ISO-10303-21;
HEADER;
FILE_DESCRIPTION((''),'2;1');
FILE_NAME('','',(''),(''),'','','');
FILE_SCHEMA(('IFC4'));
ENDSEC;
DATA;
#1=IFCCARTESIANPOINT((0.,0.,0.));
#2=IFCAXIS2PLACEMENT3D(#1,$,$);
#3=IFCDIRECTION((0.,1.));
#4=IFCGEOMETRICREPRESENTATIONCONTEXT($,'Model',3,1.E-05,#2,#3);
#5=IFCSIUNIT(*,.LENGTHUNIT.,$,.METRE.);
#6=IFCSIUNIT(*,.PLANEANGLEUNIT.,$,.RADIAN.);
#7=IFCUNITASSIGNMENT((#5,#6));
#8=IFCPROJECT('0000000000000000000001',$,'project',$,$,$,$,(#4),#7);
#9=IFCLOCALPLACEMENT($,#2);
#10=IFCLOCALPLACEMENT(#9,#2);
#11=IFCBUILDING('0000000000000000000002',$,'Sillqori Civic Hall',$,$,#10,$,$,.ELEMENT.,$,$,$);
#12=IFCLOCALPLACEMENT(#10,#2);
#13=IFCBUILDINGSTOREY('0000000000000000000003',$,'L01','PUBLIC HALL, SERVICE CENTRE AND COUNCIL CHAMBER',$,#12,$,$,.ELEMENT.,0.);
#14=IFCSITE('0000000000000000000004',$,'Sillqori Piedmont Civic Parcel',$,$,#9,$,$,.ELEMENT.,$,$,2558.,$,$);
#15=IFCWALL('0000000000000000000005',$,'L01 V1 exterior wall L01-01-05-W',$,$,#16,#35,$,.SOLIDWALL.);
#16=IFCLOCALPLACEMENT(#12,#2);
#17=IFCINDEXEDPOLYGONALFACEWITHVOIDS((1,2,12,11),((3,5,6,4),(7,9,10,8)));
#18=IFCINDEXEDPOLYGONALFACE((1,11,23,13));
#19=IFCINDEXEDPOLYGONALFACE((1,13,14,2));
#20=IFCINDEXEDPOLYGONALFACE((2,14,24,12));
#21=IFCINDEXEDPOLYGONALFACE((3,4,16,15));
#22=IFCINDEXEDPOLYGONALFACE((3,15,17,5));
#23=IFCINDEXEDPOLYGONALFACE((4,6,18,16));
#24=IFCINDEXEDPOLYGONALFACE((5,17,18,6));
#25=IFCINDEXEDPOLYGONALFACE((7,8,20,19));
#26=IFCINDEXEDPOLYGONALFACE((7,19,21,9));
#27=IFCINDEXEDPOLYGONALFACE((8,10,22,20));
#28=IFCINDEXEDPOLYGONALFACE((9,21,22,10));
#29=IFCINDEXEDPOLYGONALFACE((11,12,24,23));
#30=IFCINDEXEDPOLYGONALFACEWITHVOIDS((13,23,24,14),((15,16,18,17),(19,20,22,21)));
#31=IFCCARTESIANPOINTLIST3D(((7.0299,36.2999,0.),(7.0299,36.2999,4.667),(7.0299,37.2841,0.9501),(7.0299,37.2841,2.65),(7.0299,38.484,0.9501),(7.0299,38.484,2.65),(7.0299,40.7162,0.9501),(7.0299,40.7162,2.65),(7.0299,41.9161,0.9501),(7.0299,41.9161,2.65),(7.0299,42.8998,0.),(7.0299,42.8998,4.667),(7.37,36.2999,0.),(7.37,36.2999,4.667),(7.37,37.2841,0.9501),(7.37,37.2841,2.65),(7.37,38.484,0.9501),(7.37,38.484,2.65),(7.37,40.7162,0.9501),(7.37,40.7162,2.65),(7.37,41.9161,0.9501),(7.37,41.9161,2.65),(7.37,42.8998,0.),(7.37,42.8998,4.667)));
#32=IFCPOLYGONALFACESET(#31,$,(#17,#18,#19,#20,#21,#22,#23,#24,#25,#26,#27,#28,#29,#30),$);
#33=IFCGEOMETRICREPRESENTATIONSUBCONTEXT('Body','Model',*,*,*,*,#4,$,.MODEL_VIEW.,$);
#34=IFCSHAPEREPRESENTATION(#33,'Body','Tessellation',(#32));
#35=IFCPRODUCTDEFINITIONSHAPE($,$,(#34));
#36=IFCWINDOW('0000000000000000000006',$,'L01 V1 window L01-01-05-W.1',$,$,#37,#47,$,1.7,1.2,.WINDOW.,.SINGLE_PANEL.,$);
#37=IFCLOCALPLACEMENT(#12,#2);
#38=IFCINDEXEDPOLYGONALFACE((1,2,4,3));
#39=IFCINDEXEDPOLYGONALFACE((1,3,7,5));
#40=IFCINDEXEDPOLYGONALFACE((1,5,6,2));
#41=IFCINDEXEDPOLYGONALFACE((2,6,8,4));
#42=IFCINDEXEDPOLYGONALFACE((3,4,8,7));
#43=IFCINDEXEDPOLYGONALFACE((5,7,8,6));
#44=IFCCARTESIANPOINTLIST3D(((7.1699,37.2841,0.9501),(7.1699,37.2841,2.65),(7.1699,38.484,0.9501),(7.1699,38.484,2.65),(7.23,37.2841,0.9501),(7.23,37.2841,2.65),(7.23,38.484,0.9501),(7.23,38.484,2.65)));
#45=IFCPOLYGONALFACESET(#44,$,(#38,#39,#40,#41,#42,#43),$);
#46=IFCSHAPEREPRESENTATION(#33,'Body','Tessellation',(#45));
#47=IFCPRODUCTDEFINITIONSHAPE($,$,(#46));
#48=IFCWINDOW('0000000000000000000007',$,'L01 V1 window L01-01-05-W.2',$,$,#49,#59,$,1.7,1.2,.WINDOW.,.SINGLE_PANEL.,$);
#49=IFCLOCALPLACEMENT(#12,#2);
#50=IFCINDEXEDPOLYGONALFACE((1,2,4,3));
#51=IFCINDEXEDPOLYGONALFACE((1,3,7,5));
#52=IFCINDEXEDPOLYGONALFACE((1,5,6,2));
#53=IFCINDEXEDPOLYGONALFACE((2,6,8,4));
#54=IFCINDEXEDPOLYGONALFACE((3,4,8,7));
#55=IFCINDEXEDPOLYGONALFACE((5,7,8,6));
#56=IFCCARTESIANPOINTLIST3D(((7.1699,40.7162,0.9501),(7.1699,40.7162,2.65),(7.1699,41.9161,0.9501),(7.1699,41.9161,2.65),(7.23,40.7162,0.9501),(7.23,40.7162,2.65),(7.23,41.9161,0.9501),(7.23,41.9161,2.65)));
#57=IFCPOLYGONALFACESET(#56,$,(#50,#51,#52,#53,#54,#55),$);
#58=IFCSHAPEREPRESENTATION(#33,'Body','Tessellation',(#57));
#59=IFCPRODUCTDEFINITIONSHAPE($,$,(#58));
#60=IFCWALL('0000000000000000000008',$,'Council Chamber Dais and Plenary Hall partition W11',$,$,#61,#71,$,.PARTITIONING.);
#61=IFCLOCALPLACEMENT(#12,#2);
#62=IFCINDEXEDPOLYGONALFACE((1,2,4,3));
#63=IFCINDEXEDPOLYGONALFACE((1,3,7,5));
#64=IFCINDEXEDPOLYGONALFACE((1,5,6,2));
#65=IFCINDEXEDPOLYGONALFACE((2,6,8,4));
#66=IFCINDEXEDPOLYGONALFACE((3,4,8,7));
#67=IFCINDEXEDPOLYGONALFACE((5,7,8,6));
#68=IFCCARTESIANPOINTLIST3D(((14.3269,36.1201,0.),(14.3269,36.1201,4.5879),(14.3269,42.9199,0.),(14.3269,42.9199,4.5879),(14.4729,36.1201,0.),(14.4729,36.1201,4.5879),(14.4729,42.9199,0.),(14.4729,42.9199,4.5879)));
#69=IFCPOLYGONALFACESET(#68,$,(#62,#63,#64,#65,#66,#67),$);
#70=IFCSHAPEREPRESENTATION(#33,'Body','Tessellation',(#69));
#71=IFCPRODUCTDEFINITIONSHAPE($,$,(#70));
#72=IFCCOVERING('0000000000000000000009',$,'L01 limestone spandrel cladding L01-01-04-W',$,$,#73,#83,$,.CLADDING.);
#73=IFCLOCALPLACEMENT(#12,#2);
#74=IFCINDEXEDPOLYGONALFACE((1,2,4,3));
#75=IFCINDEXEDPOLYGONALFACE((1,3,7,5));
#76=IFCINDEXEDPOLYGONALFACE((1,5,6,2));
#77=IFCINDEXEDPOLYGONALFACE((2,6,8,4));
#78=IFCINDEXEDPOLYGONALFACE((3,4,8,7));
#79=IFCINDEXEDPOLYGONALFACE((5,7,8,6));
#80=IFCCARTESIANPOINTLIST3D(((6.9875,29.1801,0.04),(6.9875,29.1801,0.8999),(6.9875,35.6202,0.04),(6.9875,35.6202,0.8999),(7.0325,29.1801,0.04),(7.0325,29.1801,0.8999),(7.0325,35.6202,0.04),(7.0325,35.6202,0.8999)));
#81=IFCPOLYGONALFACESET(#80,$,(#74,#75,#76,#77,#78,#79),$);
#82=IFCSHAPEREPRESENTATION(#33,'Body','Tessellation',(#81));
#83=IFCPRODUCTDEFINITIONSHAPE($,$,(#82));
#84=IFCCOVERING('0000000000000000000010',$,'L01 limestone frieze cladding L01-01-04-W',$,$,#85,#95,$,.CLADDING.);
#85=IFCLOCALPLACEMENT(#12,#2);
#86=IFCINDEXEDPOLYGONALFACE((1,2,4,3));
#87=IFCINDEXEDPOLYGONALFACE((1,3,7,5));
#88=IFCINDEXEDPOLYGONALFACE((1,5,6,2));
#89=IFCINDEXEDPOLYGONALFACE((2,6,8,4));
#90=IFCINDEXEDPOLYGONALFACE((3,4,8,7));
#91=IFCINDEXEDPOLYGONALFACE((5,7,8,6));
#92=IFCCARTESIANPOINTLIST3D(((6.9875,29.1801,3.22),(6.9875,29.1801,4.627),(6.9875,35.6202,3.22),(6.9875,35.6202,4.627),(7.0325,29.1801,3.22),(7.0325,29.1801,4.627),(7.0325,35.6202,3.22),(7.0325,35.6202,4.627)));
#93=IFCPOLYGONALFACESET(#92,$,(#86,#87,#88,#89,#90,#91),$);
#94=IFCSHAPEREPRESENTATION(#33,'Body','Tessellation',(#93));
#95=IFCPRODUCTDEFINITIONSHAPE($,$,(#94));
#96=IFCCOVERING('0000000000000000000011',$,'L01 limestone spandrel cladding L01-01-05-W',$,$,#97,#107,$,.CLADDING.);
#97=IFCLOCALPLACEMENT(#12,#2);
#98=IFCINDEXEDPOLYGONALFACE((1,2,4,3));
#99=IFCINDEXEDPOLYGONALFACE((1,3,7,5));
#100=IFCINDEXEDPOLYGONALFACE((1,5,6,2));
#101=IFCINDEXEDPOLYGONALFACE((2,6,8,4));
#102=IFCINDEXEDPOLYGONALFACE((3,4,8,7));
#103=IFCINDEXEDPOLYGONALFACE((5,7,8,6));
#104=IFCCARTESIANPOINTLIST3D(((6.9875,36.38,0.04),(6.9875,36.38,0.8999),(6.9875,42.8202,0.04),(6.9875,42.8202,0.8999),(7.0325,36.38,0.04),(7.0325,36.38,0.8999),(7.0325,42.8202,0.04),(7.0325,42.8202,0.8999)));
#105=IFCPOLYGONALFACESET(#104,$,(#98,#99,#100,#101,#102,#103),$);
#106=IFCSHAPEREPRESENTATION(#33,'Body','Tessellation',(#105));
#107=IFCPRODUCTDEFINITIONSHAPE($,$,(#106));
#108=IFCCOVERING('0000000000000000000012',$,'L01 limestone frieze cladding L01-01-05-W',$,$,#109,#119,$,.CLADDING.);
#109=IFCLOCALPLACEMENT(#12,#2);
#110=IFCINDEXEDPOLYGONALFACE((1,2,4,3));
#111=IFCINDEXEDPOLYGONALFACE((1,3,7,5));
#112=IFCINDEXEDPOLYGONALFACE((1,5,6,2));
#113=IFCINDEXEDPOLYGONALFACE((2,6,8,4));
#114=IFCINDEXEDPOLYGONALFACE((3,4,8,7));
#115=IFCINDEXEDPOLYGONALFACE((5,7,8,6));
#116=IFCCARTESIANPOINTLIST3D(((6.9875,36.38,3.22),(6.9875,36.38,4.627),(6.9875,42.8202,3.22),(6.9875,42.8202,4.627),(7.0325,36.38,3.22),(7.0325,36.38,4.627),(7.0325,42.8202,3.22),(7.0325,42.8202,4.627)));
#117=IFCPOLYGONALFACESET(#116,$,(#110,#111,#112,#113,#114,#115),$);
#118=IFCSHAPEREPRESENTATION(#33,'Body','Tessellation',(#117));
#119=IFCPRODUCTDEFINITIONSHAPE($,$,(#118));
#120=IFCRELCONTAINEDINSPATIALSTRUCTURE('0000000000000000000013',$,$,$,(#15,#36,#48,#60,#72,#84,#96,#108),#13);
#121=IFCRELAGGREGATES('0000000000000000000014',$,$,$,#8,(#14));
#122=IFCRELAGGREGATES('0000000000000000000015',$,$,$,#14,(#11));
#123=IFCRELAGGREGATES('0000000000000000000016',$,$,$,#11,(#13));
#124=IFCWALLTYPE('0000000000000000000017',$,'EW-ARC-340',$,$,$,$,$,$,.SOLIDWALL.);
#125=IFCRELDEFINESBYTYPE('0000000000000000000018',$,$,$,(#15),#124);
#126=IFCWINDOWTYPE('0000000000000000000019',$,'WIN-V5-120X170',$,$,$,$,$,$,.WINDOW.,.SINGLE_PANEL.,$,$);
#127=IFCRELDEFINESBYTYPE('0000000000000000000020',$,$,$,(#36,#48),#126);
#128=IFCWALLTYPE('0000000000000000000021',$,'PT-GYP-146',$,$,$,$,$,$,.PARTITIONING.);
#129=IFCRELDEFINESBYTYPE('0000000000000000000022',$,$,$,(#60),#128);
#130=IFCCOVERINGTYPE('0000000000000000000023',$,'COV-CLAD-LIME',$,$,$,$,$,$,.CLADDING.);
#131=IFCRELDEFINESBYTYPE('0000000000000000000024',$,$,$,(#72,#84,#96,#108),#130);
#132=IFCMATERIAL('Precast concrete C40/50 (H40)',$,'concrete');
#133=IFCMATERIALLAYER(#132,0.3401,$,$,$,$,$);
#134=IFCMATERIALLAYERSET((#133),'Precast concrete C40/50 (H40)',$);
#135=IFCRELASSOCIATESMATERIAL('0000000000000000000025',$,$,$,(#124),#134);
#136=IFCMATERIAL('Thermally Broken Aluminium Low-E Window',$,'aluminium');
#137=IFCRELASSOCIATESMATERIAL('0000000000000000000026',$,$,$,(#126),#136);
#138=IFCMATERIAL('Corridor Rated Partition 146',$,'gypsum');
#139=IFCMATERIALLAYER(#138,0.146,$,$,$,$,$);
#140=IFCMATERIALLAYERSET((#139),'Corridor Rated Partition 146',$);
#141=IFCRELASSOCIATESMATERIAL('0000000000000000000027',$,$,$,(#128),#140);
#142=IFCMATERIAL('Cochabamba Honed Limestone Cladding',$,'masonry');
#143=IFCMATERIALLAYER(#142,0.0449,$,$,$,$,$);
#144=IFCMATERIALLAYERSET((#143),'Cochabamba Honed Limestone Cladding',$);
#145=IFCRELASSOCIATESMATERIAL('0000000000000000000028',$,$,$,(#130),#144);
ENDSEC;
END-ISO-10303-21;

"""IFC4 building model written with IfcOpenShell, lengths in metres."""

from ifc_helpers import new_model, si_unit, direction, frame, frame_2d, origin, place, context, subcontext, project, spatial, rectangle, extrude, material, layer, layer_set, type_object, element, fill, save


model = new_model("IFC4")

# Units and contexts
model_context = context("Model", 3, precision=1e-05, world=origin(), true_north=direction((0.0, 1.0)))
body_context = subcontext(model_context, "Body", "Model", "MODEL_VIEW")
ifc_project = project(units=[si_unit("LENGTHUNIT", "METRE"), si_unit("PLANEANGLEUNIT", "RADIAN")], contexts=[model_context])

# Site, building, storey
site_placement = place(None, origin())
site = spatial("IfcSite", under=ifc_project, at=site_placement, Name="Sillqori Piedmont Civic Parcel", CompositionType="ELEMENT", RefElevation=2558.0)
building_placement = place(site_placement, origin())
building = spatial("IfcBuilding", under=site, at=building_placement, Name="Sillqori Civic Hall", CompositionType="ELEMENT")
storey_placement = place(building_placement, origin())
storey = spatial("IfcBuildingStorey", under=building, at=storey_placement, Name="L01", Description="PUBLIC HALL, SERVICE CENTRE AND COUNCIL CHAMBER", CompositionType="ELEMENT", Elevation=0.0)

# Wall, openings, windows
ifc_material_1 = material(Name="Precast concrete C40/50 (H40)", Category="concrete")
ifc_layer_1 = layer(ifc_material_1, 0.3401)
ifc_layer_set_1 = layer_set([ifc_layer_1], Name="Precast concrete C40/50 (H40)")
wall_type_1 = type_object("IfcWallType", Name="EW-ARC-340", PredefinedType="SOLIDWALL", material=ifc_layer_set_1)
wall_1_placement = place(storey_placement, frame((7.2, 36.3, 0.0), z_axis=(0.0, 0.0, 1.0), x_axis=(0.0, 1.0, 0.0)))
wall_1 = element("IfcWall", 1, at=wall_1_placement, inside=storey, type_object=wall_type_1, Name="L01 V1 exterior wall L01-01-05-W", PredefinedType="SOLIDWALL", context=body_context, shape_type="SweptSolid", body=[
    extrude(rectangle(XDim=6.5999, YDim=0.3401, at=frame_2d((3.2998, 0.0))), origin(), (0.0, 0.0, 1.0), 4.667),
])
opening_1_placement = place(wall_1_placement, frame((0.9839, 0.0, 0.95)))
opening_1 = element("IfcOpeningElement", 2, at=opening_1_placement, cuts=wall_1, PredefinedType="OPENING", context=body_context, shape_type="SweptSolid", body=[
    extrude(rectangle(XDim=1.2, YDim=1.7, at=frame_2d((0.6001, 0.8501))), frame((0.0, 0.1799, 0.0), z_axis=(0.0, -1.0, 0.0), x_axis=(1.0, 0.0, 0.0)), (0.0, 0.0, 1.0), 0.3601),
])
opening_2_placement = place(wall_1_placement, frame((4.416, 0.0, 0.95)))
opening_2 = element("IfcOpeningElement", 3, at=opening_2_placement, cuts=wall_1, PredefinedType="OPENING", context=body_context, shape_type="SweptSolid", body=[
    extrude(rectangle(XDim=1.2, YDim=1.7, at=frame_2d((0.6001, 0.8501))), frame((0.0, 0.1799, 0.0), z_axis=(0.0, -1.0, 0.0), x_axis=(1.0, 0.0, 0.0)), (0.0, 0.0, 1.0), 0.3601),
])
ifc_material_2 = material(Name="Thermally Broken Aluminium Low-E Window", Category="aluminium")
window_type = type_object("IfcWindowType", Name="WIN-V5-120X170", PartitioningType="SINGLE_PANEL", PredefinedType="WINDOW", material=ifc_material_2)
window_1_placement = place(opening_1_placement, origin())
window_1 = element("IfcWindow", 4, at=window_1_placement, inside=storey, type_object=window_type, Name="L01 V1 window L01-01-05-W.1", OverallHeight=1.7, OverallWidth=1.2, PartitioningType="SINGLE_PANEL", PredefinedType="WINDOW", context=body_context, shape_type="SweptSolid", body=[
    extrude(rectangle(XDim=1.2, YDim=1.7, at=frame_2d((0.6001, 0.8501))), frame((0.0, 0.03, 0.0), z_axis=(0.0, -1.0, 0.0), x_axis=(1.0, 0.0, 0.0)), (0.0, 0.0, 1.0), 0.0601),
])
fill(opening_1, window_1)
window_2_placement = place(opening_2_placement, origin())
window_2 = element("IfcWindow", 5, at=window_2_placement, inside=storey, type_object=window_type, Name="L01 V1 window L01-01-05-W.2", OverallHeight=1.7, OverallWidth=1.2, PartitioningType="SINGLE_PANEL", PredefinedType="WINDOW", context=body_context, shape_type="SweptSolid", body=[
    extrude(rectangle(XDim=1.2, YDim=1.7, at=frame_2d((0.6001, 0.8501))), frame((0.0, 0.03, 0.0), z_axis=(0.0, -1.0, 0.0), x_axis=(1.0, 0.0, 0.0)), (0.0, 0.0, 1.0), 0.0601),
])
fill(opening_2, window_2)

# Wall
ifc_material_3 = material(Name="Corridor Rated Partition 146", Category="gypsum")
ifc_layer_2 = layer(ifc_material_3, 0.146)
ifc_layer_set_2 = layer_set([ifc_layer_2], Name="Corridor Rated Partition 146")
wall_type_2 = type_object("IfcWallType", Name="PT-GYP-146", PredefinedType="PARTITIONING", material=ifc_layer_set_2)
wall_2_placement = place(storey_placement, frame((14.3999, 36.1201, 0.0), z_axis=(0.0, 0.0, 1.0), x_axis=(0.0, 1.0, 0.0)))
element("IfcWall", 6, at=wall_2_placement, inside=storey, type_object=wall_type_2, Name="Council Chamber Dais and Plenary Hall partition W11", PredefinedType="PARTITIONING", context=body_context, shape_type="SweptSolid", body=[
    extrude(rectangle(XDim=6.7998, YDim=0.146, at=frame_2d((3.3999, 0.0))), origin(), (0.0, 0.0, 1.0), 4.5879),
])

# Coverings
ifc_material_4 = material(Name="Cochabamba Honed Limestone Cladding", Category="masonry")
ifc_layer_3 = layer(ifc_material_4, 0.0449)
ifc_layer_set_3 = layer_set([ifc_layer_3], Name="Cochabamba Honed Limestone Cladding")
covering_type = type_object("IfcCoveringType", Name="COV-CLAD-LIME", PredefinedType="CLADDING", material=ifc_layer_set_3)
covering_1_placement = place(storey_placement, frame((7.01, 29.1799, 0.04), z_axis=(0.0, 0.0, 1.0), x_axis=(0.0, 1.0, 0.0)))
element("IfcCovering", 7, at=covering_1_placement, inside=storey, type_object=covering_type, Name="L01 limestone spandrel cladding L01-01-04-W", PredefinedType="CLADDING", context=body_context, shape_type="SweptSolid", body=[
    extrude(rectangle(XDim=6.4402, YDim=0.0449, at=frame_2d((3.2202, 0.0))), origin(), (0.0, 0.0, 1.0), 0.8599),
])
covering_2_placement = place(storey_placement, frame((7.01, 29.1799, 3.22), z_axis=(0.0, 0.0, 1.0), x_axis=(0.0, 1.0, 0.0)))
element("IfcCovering", 8, at=covering_2_placement, inside=storey, type_object=covering_type, Name="L01 limestone frieze cladding L01-01-04-W", PredefinedType="CLADDING", context=body_context, shape_type="SweptSolid", body=[
    extrude(rectangle(XDim=6.4402, YDim=0.0449, at=frame_2d((3.2202, 0.0))), origin(), (0.0, 0.0, 1.0), 1.407),
])
covering_3_placement = place(storey_placement, frame((7.01, 36.3799, 0.04), z_axis=(0.0, 0.0, 1.0), x_axis=(0.0, 1.0, 0.0)))
element("IfcCovering", 9, at=covering_3_placement, inside=storey, type_object=covering_type, Name="L01 limestone spandrel cladding L01-01-05-W", PredefinedType="CLADDING", context=body_context, shape_type="SweptSolid", body=[
    extrude(rectangle(XDim=6.4402, YDim=0.0449, at=frame_2d((3.2202, 0.0))), origin(), (0.0, 0.0, 1.0), 0.8599),
])
covering_4_placement = place(storey_placement, frame((7.01, 36.3799, 3.22), z_axis=(0.0, 0.0, 1.0), x_axis=(0.0, 1.0, 0.0)))
element("IfcCovering", 10, at=covering_4_placement, inside=storey, type_object=covering_type, Name="L01 limestone frieze cladding L01-01-05-W", PredefinedType="CLADDING", context=body_context, shape_type="SweptSolid", body=[
    extrude(rectangle(XDim=6.4402, YDim=0.0449, at=frame_2d((3.2202, 0.0))), origin(), (0.0, 0.0, 1.0), 1.407),
])

save(model, "model.ifc")
